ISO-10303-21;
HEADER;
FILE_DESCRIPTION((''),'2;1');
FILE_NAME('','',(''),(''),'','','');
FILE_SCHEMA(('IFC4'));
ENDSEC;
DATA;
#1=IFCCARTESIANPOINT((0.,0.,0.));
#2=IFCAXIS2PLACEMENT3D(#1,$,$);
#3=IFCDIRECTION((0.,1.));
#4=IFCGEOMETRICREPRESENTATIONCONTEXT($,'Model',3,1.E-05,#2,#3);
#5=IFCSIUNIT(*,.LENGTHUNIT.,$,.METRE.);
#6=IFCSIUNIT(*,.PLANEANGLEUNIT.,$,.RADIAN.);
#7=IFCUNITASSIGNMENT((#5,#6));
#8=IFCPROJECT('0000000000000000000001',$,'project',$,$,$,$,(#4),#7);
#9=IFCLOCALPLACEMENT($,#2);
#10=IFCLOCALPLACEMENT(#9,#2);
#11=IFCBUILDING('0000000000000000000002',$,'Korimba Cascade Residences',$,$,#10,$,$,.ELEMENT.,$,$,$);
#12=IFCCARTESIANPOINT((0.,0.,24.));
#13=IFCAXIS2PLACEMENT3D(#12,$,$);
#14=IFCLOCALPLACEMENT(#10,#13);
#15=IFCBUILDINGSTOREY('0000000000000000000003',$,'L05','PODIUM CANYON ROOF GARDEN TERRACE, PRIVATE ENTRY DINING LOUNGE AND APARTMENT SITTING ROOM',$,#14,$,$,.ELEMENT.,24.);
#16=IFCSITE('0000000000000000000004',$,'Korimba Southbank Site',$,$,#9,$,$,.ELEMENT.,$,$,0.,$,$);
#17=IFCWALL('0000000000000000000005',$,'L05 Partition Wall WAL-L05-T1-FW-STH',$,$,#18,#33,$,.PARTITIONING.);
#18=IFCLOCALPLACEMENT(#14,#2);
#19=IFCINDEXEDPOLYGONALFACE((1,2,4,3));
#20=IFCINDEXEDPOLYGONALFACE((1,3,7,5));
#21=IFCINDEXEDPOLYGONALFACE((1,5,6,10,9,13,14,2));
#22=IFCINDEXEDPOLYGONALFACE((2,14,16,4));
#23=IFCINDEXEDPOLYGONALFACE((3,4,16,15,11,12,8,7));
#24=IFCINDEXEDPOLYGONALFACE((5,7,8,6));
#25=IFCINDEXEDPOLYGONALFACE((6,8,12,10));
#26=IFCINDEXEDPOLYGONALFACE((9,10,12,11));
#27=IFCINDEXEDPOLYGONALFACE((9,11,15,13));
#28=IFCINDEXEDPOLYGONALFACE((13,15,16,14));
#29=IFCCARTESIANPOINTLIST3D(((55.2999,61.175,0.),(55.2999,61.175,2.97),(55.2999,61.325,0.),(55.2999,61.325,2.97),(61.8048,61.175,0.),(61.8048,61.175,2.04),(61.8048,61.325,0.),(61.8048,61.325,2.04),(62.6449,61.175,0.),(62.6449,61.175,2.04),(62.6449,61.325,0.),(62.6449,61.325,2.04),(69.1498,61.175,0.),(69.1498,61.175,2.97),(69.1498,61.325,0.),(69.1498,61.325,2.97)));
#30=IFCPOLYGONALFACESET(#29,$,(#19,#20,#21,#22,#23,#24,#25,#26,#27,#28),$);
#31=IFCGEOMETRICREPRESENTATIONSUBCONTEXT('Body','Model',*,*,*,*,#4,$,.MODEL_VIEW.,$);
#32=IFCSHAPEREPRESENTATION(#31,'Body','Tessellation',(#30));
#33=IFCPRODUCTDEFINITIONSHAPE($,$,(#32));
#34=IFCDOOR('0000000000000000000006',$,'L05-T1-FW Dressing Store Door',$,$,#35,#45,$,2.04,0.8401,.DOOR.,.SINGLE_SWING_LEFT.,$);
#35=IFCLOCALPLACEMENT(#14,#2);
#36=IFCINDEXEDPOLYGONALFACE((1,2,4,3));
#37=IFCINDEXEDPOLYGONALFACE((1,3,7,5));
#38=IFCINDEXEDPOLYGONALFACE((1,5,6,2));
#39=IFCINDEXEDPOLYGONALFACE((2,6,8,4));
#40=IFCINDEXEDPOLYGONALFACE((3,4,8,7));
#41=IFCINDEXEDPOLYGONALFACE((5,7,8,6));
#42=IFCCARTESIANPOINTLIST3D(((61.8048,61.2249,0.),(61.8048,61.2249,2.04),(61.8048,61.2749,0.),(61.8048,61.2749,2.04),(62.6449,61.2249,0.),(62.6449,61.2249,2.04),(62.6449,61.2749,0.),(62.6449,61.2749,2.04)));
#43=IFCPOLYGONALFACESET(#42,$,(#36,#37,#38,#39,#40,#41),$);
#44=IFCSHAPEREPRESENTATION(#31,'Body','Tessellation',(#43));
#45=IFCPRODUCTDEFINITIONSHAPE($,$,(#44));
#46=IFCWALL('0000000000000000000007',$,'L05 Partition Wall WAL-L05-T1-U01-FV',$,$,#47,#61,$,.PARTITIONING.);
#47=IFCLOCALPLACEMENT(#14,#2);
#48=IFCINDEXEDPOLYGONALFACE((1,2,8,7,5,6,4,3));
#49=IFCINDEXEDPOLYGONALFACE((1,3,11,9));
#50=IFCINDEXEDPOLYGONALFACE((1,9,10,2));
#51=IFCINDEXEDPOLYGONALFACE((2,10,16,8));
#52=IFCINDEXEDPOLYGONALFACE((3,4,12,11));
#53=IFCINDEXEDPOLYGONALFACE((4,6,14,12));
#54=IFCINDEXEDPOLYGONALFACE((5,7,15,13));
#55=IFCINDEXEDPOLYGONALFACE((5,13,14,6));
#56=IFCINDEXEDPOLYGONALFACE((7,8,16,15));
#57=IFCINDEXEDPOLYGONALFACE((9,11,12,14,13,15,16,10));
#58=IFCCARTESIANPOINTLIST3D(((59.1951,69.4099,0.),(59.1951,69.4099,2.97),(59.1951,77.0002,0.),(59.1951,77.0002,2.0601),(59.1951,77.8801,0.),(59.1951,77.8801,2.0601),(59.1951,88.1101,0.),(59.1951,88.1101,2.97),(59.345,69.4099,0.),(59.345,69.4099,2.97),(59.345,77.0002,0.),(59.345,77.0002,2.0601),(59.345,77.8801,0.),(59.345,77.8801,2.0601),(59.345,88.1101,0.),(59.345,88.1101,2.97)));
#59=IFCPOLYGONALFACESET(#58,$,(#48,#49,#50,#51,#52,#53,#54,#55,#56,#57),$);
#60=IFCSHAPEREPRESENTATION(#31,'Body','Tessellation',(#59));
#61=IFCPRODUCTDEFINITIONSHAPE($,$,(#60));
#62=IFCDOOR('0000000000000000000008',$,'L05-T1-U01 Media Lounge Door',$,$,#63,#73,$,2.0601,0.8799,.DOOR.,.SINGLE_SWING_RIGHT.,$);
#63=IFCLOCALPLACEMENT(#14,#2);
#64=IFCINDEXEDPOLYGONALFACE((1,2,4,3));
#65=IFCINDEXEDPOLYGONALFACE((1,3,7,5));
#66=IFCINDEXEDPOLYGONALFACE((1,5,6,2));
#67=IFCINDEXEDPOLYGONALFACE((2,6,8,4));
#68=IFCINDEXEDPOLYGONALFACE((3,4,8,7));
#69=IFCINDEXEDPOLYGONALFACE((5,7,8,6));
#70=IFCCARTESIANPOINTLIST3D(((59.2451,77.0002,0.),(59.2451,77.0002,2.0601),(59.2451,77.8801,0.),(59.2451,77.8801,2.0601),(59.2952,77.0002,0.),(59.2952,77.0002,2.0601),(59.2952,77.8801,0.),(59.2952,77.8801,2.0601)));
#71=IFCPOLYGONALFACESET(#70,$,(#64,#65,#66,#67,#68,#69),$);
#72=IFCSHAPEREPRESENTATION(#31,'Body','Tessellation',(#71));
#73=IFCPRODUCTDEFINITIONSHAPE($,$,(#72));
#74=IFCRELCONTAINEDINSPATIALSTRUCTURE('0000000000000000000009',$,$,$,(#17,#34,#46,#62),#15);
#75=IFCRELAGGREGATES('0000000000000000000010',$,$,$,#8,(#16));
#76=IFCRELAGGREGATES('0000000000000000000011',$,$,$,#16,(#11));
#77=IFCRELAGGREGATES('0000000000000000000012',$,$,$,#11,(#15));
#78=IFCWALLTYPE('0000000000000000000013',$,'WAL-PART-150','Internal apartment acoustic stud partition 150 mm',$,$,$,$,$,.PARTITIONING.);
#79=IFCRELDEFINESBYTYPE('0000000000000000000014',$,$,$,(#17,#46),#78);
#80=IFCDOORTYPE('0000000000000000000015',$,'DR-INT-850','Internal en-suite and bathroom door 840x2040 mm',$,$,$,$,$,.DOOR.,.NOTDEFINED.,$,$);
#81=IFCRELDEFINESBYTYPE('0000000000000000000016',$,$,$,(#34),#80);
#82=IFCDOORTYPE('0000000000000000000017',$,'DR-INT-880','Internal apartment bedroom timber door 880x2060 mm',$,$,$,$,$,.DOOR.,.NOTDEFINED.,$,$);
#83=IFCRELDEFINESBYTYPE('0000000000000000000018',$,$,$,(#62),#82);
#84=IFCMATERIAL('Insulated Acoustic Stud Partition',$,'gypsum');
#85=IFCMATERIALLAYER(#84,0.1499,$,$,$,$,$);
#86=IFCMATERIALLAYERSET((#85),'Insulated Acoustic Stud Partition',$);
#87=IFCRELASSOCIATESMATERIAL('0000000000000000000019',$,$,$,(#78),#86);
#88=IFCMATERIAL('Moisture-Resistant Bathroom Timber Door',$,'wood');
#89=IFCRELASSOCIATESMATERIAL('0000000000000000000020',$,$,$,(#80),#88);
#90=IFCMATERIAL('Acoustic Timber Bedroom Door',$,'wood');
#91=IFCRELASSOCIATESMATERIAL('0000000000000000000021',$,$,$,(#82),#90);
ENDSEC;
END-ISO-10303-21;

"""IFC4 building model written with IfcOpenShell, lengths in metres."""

from ifc_helpers import new_model, si_unit, direction, frame, frame_2d, origin, place, context, subcontext, project, spatial, rectangle, extrude, material, layer, layer_set, type_object, element, fill, save


model = new_model("IFC4")

# Units and contexts
model_context = context("Model", 3, precision=1e-05, world=origin(), true_north=direction((0.0, 1.0)))
body_context = subcontext(model_context, "Body", "Model", "MODEL_VIEW")
ifc_project = project(units=[si_unit("LENGTHUNIT", "METRE"), si_unit("PLANEANGLEUNIT", "RADIAN")], contexts=[model_context])

# Site, building, storey
site_placement = place(None, origin())
site = spatial("IfcSite", under=ifc_project, at=site_placement, Name="Korimba Southbank Site", CompositionType="ELEMENT", RefElevation=0.0)
building_placement = place(site_placement, origin())
building = spatial("IfcBuilding", under=site, at=building_placement, Name="Korimba Cascade Residences", CompositionType="ELEMENT")
storey_placement = place(building_placement, frame((0.0, 0.0, 24.0)))
storey = spatial("IfcBuildingStorey", under=building, at=storey_placement, Name="L05", Description="PODIUM CANYON ROOF GARDEN TERRACE, PRIVATE ENTRY DINING LOUNGE AND APARTMENT SITTING ROOM", CompositionType="ELEMENT", Elevation=24.0)

# Walls, openings, doors
ifc_material_1 = material(Name="Insulated Acoustic Stud Partition", Category="gypsum")
ifc_layer_1 = layer(ifc_material_1, 0.1499)
ifc_layer_set_1 = layer_set([ifc_layer_1], Name="Insulated Acoustic Stud Partition")
wall_type_1 = type_object("IfcWallType", Name="WAL-PART-150", Description="Internal apartment acoustic stud partition 150 mm", PredefinedType="PARTITIONING", material=ifc_layer_set_1)
wall_1_placement = place(storey_placement, frame((55.3, 61.25, 0.0), z_axis=(0.0, 0.0, 1.0), x_axis=(1.0, 0.0, 0.0)))
wall_1 = element("IfcWall", 1, at=wall_1_placement, inside=storey, type_object=wall_type_1, Name="L05 Partition Wall WAL-L05-T1-FW-STH", PredefinedType="PARTITIONING", context=body_context, shape_type="SweptSolid", body=[
    extrude(rectangle(XDim=13.8499, YDim=0.1499, at=frame_2d((6.9248, 0.0))), origin(), (0.0, 0.0, 1.0), 2.97),
])
opening_1_placement = place(wall_1_placement, frame((6.5049, 0.0, 0.0)))
opening_1 = element("IfcOpeningElement", 2, at=opening_1_placement, cuts=wall_1, PredefinedType="OPENING", context=body_context, shape_type="SweptSolid", body=[
    extrude(rectangle(XDim=0.8401, YDim=2.04, at=frame_2d((0.4199, 1.02))), frame((0.0, 0.085, 0.0), z_axis=(0.0, -1.0, 0.0), x_axis=(1.0, 0.0, 0.0)), (0.0, 0.0, 1.0), 0.1699),
])
ifc_material_2 = material(Name="Moisture-Resistant Bathroom Timber Door", Category="wood")
door_type_1 = type_object("IfcDoorType", Name="DR-INT-850", Description="Internal en-suite and bathroom door 840x2040 mm", OperationType="NOTDEFINED", PredefinedType="DOOR", material=ifc_material_2)
door_1_placement = place(opening_1_placement, origin())
door_1 = element("IfcDoor", 3, at=door_1_placement, inside=storey, type_object=door_type_1, Name="L05-T1-FW Dressing Store Door", OperationType="SINGLE_SWING_LEFT", OverallHeight=2.04, OverallWidth=0.8401, PredefinedType="DOOR", context=body_context, shape_type="SweptSolid", body=[
    extrude(rectangle(XDim=0.8401, YDim=2.04, at=frame_2d((0.4199, 1.02))), frame((0.0, 0.0249, 0.0), z_axis=(0.0, -1.0, 0.0), x_axis=(1.0, 0.0, 0.0)), (0.0, 0.0, 1.0), 0.05),
])
fill(opening_1, door_1)
wall_2_placement = place(storey_placement, frame((59.27, 69.4099, 0.0), z_axis=(0.0, 0.0, 1.0), x_axis=(0.0, 1.0, 0.0)))
wall_2 = element("IfcWall", 4, at=wall_2_placement, inside=storey, type_object=wall_type_1, Name="L05 Partition Wall WAL-L05-T1-U01-FV", PredefinedType="PARTITIONING", context=body_context, shape_type="SweptSolid", body=[
    extrude(rectangle(XDim=18.7002, YDim=0.1499, at=frame_2d((9.3501, 0.0))), origin(), (0.0, 0.0, 1.0), 2.97),
])
opening_2_placement = place(wall_2_placement, frame((7.5903, 0.0, 0.0)))
opening_2 = element("IfcOpeningElement", 5, at=opening_2_placement, cuts=wall_2, PredefinedType="OPENING", context=body_context, shape_type="SweptSolid", body=[
    extrude(rectangle(XDim=0.8799, YDim=2.0601, at=frame_2d((0.4399, 1.03))), frame((0.0, 0.085, 0.0), z_axis=(0.0, -1.0, 0.0), x_axis=(1.0, 0.0, 0.0)), (0.0, 0.0, 1.0), 0.1699),
])
ifc_material_3 = material(Name="Acoustic Timber Bedroom Door", Category="wood")
door_type_2 = type_object("IfcDoorType", Name="DR-INT-880", Description="Internal apartment bedroom timber door 880x2060 mm", OperationType="NOTDEFINED", PredefinedType="DOOR", material=ifc_material_3)
door_2_placement = place(opening_2_placement, origin())
door_2 = element("IfcDoor", 6, at=door_2_placement, inside=storey, type_object=door_type_2, Name="L05-T1-U01 Media Lounge Door", OperationType="SINGLE_SWING_RIGHT", OverallHeight=2.0601, OverallWidth=0.8799, PredefinedType="DOOR", context=body_context, shape_type="SweptSolid", body=[
    extrude(rectangle(XDim=0.8799, YDim=2.0601, at=frame_2d((0.4399, 1.03))), frame((0.0, 0.0249, 0.0), z_axis=(0.0, -1.0, 0.0), x_axis=(1.0, 0.0, 0.0)), (0.0, 0.0, 1.0), 0.05),
])
fill(opening_2, door_2)

save(model, "model.ifc")
